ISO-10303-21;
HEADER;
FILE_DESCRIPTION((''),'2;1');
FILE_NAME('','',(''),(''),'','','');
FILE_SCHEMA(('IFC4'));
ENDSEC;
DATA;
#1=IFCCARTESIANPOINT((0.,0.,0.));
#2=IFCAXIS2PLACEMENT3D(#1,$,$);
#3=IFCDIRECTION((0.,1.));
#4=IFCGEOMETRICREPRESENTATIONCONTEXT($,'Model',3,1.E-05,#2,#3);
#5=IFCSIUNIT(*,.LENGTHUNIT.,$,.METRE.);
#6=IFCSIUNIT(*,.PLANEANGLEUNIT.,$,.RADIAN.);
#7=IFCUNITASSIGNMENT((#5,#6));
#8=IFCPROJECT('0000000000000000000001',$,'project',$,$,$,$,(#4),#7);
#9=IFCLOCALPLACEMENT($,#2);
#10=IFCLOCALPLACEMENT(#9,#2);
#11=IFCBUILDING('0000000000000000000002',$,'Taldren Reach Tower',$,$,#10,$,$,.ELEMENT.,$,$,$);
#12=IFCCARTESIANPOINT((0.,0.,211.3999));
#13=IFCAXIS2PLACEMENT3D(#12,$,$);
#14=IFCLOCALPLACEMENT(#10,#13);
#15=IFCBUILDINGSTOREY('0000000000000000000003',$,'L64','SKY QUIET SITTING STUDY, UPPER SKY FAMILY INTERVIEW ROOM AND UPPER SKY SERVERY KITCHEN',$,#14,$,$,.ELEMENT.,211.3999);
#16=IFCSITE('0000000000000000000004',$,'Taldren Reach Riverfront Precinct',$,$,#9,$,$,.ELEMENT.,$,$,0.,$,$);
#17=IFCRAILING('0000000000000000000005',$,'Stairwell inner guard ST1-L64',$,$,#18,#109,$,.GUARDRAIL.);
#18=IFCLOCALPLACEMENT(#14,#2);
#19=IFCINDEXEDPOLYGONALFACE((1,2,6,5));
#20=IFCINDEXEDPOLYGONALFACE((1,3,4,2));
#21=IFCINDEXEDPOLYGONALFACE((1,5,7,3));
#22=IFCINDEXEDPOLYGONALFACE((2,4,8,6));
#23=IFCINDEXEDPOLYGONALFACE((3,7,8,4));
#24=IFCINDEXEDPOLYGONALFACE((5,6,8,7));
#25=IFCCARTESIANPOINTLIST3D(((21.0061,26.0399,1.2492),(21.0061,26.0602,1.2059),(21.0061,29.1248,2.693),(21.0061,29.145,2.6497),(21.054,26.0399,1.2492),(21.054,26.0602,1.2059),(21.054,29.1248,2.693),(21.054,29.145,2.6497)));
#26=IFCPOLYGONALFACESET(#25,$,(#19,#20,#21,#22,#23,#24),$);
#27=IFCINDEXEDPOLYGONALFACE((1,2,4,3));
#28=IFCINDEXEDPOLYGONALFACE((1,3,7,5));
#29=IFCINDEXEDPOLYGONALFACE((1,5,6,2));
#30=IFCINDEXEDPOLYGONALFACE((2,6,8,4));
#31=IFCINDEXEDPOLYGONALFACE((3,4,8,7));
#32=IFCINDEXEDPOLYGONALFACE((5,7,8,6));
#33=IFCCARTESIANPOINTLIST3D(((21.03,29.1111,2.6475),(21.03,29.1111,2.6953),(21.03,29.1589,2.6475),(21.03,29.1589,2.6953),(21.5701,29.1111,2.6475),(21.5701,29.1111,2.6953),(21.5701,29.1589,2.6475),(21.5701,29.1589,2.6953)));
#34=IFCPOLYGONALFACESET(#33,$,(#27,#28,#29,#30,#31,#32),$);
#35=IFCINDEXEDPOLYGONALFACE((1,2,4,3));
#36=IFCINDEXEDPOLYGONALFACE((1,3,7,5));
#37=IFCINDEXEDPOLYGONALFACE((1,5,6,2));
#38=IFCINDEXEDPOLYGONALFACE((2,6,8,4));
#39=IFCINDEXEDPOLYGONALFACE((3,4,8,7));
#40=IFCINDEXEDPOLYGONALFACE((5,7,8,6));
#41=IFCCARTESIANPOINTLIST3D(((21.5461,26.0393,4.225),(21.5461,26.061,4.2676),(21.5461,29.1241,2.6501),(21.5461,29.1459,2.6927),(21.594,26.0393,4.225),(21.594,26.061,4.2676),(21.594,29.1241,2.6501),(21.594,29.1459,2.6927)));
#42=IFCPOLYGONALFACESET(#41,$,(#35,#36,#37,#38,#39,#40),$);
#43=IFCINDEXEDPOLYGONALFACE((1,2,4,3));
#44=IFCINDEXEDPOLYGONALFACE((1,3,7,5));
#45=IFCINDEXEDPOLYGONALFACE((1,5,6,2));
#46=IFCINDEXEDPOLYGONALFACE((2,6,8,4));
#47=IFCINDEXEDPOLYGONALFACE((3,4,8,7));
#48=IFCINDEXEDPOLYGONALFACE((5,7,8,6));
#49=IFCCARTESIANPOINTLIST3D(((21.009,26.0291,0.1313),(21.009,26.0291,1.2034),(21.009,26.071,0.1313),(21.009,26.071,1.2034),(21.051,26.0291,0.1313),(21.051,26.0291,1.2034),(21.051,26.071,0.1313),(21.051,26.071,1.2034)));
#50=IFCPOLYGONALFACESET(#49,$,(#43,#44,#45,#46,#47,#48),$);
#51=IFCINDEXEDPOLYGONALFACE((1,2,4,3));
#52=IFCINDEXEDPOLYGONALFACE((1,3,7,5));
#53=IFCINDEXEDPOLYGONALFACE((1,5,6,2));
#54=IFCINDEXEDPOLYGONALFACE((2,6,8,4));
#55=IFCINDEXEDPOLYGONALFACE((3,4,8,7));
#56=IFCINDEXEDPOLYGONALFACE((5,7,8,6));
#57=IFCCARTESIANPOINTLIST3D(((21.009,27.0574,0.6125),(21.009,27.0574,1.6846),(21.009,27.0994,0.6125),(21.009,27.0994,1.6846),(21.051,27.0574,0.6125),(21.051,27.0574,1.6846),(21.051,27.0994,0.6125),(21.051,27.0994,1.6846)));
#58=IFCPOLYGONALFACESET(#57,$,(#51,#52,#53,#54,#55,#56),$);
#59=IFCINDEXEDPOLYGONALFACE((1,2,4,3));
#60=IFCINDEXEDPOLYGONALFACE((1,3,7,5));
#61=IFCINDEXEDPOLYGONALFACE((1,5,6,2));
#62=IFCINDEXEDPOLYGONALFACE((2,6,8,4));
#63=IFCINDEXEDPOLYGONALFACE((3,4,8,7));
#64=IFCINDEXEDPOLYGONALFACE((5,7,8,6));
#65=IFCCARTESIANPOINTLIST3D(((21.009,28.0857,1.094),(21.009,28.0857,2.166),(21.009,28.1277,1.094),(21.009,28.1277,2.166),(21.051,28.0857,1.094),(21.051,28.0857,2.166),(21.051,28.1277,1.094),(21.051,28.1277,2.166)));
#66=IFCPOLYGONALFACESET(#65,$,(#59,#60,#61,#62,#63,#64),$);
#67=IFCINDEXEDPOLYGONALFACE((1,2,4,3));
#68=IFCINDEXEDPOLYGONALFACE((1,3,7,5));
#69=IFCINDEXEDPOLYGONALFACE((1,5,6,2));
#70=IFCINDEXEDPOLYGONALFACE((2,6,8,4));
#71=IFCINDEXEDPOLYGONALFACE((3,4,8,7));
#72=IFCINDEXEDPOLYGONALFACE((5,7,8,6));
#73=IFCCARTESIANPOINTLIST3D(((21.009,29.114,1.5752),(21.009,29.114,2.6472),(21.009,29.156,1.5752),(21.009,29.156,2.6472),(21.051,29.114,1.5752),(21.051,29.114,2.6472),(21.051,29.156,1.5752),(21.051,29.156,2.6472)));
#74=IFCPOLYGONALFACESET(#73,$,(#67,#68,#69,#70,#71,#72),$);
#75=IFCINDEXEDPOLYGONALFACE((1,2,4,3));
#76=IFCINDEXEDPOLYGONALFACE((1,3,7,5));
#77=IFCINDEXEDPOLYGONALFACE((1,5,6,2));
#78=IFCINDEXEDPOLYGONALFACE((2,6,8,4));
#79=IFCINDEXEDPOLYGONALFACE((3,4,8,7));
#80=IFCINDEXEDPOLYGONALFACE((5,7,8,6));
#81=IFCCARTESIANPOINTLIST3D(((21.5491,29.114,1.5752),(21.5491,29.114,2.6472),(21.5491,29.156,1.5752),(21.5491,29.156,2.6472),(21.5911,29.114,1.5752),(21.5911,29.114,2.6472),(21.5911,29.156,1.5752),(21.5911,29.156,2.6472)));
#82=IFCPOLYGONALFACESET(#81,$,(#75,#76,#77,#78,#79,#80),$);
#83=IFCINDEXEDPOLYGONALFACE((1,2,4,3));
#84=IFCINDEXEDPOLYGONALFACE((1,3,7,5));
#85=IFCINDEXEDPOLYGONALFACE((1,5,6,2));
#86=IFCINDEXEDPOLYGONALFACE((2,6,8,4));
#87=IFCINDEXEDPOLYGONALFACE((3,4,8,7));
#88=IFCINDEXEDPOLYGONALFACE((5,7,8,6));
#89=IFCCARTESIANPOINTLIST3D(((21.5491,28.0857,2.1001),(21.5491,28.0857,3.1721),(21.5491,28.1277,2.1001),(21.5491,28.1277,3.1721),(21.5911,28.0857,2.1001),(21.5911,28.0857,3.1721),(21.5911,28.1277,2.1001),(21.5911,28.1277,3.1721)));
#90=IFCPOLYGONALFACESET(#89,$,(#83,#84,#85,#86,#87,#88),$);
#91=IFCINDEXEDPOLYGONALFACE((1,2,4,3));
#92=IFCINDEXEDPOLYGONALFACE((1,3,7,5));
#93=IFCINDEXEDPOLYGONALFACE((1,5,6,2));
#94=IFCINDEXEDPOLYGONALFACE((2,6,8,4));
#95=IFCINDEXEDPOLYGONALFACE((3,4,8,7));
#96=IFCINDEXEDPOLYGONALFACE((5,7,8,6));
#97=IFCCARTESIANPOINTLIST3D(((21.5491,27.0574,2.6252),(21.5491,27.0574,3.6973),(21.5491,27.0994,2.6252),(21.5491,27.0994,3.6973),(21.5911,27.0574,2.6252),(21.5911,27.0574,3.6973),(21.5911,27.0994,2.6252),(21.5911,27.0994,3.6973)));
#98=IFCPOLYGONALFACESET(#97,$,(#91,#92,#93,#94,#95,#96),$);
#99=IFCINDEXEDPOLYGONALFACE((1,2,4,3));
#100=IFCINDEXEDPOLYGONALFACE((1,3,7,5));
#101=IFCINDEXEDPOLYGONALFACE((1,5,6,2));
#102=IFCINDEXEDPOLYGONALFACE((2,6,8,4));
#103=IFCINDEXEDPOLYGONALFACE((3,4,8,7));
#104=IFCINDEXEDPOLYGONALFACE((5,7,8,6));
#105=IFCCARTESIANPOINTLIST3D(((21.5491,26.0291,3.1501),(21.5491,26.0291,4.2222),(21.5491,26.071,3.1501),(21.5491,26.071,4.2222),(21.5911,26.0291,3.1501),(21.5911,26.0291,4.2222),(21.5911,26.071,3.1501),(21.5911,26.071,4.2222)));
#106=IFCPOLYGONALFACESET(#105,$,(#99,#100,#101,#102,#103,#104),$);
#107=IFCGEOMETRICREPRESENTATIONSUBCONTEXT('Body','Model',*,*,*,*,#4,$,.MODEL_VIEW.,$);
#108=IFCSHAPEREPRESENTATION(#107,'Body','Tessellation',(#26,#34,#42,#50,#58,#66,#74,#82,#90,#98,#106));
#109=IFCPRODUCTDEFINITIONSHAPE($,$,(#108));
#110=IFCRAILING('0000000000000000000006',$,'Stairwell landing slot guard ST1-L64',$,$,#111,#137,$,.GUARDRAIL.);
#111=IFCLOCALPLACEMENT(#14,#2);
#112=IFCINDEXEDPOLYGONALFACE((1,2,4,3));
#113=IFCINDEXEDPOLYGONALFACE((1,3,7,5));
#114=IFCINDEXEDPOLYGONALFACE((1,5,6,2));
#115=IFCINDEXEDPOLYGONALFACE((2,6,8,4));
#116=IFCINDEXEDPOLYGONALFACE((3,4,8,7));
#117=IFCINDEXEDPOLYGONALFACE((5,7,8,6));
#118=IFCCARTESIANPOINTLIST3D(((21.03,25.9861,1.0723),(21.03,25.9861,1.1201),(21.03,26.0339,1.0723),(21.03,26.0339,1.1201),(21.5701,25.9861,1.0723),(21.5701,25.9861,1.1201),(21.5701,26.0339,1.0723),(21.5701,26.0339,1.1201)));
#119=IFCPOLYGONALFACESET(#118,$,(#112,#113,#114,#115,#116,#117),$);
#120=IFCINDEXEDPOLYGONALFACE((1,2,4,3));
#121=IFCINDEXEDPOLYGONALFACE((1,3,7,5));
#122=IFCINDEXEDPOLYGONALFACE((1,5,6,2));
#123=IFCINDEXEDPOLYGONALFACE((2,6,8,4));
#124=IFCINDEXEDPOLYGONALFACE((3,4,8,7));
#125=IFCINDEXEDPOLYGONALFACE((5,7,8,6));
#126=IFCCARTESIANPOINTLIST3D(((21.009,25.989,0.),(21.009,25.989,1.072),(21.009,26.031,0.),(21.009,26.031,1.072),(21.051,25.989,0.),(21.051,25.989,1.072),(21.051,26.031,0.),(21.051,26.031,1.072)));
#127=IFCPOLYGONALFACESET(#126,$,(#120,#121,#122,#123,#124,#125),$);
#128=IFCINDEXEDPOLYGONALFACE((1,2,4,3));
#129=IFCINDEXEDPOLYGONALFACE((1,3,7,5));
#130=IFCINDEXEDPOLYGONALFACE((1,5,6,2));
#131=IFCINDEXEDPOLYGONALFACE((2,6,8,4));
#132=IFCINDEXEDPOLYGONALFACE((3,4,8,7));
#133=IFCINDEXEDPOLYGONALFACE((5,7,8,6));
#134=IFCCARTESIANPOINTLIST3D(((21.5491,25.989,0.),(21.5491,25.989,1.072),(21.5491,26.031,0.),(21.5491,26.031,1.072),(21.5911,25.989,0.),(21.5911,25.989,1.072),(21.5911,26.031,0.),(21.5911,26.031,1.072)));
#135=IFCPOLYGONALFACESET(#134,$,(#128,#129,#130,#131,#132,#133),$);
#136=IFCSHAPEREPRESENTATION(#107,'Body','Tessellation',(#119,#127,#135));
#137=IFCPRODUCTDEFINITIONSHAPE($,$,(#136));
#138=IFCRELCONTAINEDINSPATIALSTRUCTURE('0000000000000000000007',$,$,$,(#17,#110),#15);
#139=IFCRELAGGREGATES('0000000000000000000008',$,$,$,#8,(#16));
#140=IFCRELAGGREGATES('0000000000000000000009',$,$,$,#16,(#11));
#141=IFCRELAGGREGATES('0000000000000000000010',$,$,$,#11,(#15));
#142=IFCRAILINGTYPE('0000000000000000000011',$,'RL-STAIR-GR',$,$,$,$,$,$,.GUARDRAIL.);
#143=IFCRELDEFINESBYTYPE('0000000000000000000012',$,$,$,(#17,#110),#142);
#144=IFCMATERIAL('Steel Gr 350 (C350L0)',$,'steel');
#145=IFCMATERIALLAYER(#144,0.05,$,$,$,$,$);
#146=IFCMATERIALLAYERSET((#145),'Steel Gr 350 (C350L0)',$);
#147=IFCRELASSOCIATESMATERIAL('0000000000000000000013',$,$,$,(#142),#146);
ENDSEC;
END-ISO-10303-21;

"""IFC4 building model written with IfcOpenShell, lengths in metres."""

from ifc_helpers import new_model, si_unit, direction, frame, origin, origin_2d, place, context, subcontext, project, spatial, rectangle, extrude, material, layer, layer_set, type_object, element, save


model = new_model("IFC4")

# Units and contexts
model_context = context("Model", 3, precision=1e-05, world=origin(), true_north=direction((0.0, 1.0)))
body_context = subcontext(model_context, "Body", "Model", "MODEL_VIEW")
ifc_project = project(units=[si_unit("LENGTHUNIT", "METRE"), si_unit("PLANEANGLEUNIT", "RADIAN")], contexts=[model_context])

# Site, building, storey
site_placement = place(None, origin())
site = spatial("IfcSite", under=ifc_project, at=site_placement, Name="Taldren Reach Riverfront Precinct", CompositionType="ELEMENT", RefElevation=0.0)
building_placement = place(site_placement, origin())
building = spatial("IfcBuilding", under=site, at=building_placement, Name="Taldren Reach Tower", CompositionType="ELEMENT")
storey_placement = place(building_placement, frame((0.0, 0.0, 211.3999)))
storey = spatial("IfcBuildingStorey", under=building, at=storey_placement, Name="L64", Description="SKY QUIET SITTING STUDY, UPPER SKY FAMILY INTERVIEW ROOM AND UPPER SKY SERVERY KITCHEN", CompositionType="ELEMENT", Elevation=211.3999)

# Shared definitions
ifc_material_1 = material(Name="Steel Gr 350 (C350L0)", Category="steel")

# Railings
ifc_layer_1 = layer(ifc_material_1, 0.05)
ifc_layer_set_1 = layer_set([ifc_layer_1], Name="Steel Gr 350 (C350L0)")
railing_type_1 = type_object("IfcRailingType", Name="RL-STAIR-GR", PredefinedType="GUARDRAIL", material=ifc_layer_set_1)
railing_1_placement = place(storey_placement, frame((21.03, 26.05, 0.1313)))
element("IfcRailing", 1, at=railing_1_placement, inside=storey, type_object=railing_type_1, Name="Stairwell inner guard ST1-L64", PredefinedType="GUARDRAIL", context=body_context, shape_type="SweptSolid", body=[
    extrude(rectangle(XDim=0.0479, YDim=0.0479, at=origin_2d()), frame((0.0, 0.0, 1.0962), z_axis=(0.0, 0.90571, 0.423898), x_axis=(-1.0, 0.0, 0.0)), (0.0, 0.0, 1.0), 3.406),
    extrude(rectangle(XDim=0.0479, YDim=0.0479, at=origin_2d()), frame((0.0, 3.085, 2.54), z_axis=(1.0, 0.0, 0.0), x_axis=(0.0, 1.0, 0.0)), (0.0, 0.0, 1.0), 0.54),
    extrude(rectangle(XDim=0.0479, YDim=0.0479, at=origin_2d()), frame((0.54, 3.085, 2.54), z_axis=(0.0, -0.890646, 0.454697), x_axis=(1.0, 0.0, 0.0)), (0.0, 0.0, 1.0), 3.4636),
    extrude(rectangle(XDim=0.042, YDim=0.042, at=origin_2d()), origin(), (0.0, 0.0, 1.0), 1.072),
    extrude(rectangle(XDim=0.042, YDim=0.042, at=origin_2d()), frame((0.0, 1.0283, 0.4812)), (0.0, 0.0, 1.0), 1.072),
    extrude(rectangle(XDim=0.042, YDim=0.042, at=origin_2d()), frame((0.0, 2.0566, 0.9626)), (0.0, 0.0, 1.0), 1.072),
    extrude(rectangle(XDim=0.042, YDim=0.042, at=origin_2d()), frame((0.0, 3.085, 1.4438)), (0.0, 0.0, 1.0), 1.072),
    extrude(rectangle(XDim=0.042, YDim=0.042, at=origin_2d()), frame((0.54, 3.085, 1.4438)), (0.0, 0.0, 1.0), 1.072),
    extrude(rectangle(XDim=0.042, YDim=0.042, at=origin_2d()), frame((0.54, 2.0566, 1.9688)), (0.0, 0.0, 1.0), 1.072),
    extrude(rectangle(XDim=0.042, YDim=0.042, at=origin_2d()), frame((0.54, 1.0283, 2.4939)), (0.0, 0.0, 1.0), 1.072),
    extrude(rectangle(XDim=0.042, YDim=0.042, at=origin_2d()), frame((0.54, 0.0, 3.0188)), (0.0, 0.0, 1.0), 1.072),
])
railing_2_placement = place(storey_placement, frame((21.03, 26.01, 0.0)))
element("IfcRailing", 2, at=railing_2_placement, inside=storey, type_object=railing_type_1, Name="Stairwell landing slot guard ST1-L64", PredefinedType="GUARDRAIL", context=body_context, shape_type="SweptSolid", body=[
    extrude(rectangle(XDim=0.0479, YDim=0.0479, at=origin_2d()), frame((0.0, 0.0, 1.0962), z_axis=(1.0, 0.0, 0.0), x_axis=(0.0, 1.0, 0.0)), (0.0, 0.0, 1.0), 0.54),
    extrude(rectangle(XDim=0.042, YDim=0.042, at=origin_2d()), origin(), (0.0, 0.0, 1.0), 1.072),
    extrude(rectangle(XDim=0.042, YDim=0.042, at=origin_2d()), frame((0.54, 0.0, 0.0)), (0.0, 0.0, 1.0), 1.072),
])

save(model, "model.ifc")
